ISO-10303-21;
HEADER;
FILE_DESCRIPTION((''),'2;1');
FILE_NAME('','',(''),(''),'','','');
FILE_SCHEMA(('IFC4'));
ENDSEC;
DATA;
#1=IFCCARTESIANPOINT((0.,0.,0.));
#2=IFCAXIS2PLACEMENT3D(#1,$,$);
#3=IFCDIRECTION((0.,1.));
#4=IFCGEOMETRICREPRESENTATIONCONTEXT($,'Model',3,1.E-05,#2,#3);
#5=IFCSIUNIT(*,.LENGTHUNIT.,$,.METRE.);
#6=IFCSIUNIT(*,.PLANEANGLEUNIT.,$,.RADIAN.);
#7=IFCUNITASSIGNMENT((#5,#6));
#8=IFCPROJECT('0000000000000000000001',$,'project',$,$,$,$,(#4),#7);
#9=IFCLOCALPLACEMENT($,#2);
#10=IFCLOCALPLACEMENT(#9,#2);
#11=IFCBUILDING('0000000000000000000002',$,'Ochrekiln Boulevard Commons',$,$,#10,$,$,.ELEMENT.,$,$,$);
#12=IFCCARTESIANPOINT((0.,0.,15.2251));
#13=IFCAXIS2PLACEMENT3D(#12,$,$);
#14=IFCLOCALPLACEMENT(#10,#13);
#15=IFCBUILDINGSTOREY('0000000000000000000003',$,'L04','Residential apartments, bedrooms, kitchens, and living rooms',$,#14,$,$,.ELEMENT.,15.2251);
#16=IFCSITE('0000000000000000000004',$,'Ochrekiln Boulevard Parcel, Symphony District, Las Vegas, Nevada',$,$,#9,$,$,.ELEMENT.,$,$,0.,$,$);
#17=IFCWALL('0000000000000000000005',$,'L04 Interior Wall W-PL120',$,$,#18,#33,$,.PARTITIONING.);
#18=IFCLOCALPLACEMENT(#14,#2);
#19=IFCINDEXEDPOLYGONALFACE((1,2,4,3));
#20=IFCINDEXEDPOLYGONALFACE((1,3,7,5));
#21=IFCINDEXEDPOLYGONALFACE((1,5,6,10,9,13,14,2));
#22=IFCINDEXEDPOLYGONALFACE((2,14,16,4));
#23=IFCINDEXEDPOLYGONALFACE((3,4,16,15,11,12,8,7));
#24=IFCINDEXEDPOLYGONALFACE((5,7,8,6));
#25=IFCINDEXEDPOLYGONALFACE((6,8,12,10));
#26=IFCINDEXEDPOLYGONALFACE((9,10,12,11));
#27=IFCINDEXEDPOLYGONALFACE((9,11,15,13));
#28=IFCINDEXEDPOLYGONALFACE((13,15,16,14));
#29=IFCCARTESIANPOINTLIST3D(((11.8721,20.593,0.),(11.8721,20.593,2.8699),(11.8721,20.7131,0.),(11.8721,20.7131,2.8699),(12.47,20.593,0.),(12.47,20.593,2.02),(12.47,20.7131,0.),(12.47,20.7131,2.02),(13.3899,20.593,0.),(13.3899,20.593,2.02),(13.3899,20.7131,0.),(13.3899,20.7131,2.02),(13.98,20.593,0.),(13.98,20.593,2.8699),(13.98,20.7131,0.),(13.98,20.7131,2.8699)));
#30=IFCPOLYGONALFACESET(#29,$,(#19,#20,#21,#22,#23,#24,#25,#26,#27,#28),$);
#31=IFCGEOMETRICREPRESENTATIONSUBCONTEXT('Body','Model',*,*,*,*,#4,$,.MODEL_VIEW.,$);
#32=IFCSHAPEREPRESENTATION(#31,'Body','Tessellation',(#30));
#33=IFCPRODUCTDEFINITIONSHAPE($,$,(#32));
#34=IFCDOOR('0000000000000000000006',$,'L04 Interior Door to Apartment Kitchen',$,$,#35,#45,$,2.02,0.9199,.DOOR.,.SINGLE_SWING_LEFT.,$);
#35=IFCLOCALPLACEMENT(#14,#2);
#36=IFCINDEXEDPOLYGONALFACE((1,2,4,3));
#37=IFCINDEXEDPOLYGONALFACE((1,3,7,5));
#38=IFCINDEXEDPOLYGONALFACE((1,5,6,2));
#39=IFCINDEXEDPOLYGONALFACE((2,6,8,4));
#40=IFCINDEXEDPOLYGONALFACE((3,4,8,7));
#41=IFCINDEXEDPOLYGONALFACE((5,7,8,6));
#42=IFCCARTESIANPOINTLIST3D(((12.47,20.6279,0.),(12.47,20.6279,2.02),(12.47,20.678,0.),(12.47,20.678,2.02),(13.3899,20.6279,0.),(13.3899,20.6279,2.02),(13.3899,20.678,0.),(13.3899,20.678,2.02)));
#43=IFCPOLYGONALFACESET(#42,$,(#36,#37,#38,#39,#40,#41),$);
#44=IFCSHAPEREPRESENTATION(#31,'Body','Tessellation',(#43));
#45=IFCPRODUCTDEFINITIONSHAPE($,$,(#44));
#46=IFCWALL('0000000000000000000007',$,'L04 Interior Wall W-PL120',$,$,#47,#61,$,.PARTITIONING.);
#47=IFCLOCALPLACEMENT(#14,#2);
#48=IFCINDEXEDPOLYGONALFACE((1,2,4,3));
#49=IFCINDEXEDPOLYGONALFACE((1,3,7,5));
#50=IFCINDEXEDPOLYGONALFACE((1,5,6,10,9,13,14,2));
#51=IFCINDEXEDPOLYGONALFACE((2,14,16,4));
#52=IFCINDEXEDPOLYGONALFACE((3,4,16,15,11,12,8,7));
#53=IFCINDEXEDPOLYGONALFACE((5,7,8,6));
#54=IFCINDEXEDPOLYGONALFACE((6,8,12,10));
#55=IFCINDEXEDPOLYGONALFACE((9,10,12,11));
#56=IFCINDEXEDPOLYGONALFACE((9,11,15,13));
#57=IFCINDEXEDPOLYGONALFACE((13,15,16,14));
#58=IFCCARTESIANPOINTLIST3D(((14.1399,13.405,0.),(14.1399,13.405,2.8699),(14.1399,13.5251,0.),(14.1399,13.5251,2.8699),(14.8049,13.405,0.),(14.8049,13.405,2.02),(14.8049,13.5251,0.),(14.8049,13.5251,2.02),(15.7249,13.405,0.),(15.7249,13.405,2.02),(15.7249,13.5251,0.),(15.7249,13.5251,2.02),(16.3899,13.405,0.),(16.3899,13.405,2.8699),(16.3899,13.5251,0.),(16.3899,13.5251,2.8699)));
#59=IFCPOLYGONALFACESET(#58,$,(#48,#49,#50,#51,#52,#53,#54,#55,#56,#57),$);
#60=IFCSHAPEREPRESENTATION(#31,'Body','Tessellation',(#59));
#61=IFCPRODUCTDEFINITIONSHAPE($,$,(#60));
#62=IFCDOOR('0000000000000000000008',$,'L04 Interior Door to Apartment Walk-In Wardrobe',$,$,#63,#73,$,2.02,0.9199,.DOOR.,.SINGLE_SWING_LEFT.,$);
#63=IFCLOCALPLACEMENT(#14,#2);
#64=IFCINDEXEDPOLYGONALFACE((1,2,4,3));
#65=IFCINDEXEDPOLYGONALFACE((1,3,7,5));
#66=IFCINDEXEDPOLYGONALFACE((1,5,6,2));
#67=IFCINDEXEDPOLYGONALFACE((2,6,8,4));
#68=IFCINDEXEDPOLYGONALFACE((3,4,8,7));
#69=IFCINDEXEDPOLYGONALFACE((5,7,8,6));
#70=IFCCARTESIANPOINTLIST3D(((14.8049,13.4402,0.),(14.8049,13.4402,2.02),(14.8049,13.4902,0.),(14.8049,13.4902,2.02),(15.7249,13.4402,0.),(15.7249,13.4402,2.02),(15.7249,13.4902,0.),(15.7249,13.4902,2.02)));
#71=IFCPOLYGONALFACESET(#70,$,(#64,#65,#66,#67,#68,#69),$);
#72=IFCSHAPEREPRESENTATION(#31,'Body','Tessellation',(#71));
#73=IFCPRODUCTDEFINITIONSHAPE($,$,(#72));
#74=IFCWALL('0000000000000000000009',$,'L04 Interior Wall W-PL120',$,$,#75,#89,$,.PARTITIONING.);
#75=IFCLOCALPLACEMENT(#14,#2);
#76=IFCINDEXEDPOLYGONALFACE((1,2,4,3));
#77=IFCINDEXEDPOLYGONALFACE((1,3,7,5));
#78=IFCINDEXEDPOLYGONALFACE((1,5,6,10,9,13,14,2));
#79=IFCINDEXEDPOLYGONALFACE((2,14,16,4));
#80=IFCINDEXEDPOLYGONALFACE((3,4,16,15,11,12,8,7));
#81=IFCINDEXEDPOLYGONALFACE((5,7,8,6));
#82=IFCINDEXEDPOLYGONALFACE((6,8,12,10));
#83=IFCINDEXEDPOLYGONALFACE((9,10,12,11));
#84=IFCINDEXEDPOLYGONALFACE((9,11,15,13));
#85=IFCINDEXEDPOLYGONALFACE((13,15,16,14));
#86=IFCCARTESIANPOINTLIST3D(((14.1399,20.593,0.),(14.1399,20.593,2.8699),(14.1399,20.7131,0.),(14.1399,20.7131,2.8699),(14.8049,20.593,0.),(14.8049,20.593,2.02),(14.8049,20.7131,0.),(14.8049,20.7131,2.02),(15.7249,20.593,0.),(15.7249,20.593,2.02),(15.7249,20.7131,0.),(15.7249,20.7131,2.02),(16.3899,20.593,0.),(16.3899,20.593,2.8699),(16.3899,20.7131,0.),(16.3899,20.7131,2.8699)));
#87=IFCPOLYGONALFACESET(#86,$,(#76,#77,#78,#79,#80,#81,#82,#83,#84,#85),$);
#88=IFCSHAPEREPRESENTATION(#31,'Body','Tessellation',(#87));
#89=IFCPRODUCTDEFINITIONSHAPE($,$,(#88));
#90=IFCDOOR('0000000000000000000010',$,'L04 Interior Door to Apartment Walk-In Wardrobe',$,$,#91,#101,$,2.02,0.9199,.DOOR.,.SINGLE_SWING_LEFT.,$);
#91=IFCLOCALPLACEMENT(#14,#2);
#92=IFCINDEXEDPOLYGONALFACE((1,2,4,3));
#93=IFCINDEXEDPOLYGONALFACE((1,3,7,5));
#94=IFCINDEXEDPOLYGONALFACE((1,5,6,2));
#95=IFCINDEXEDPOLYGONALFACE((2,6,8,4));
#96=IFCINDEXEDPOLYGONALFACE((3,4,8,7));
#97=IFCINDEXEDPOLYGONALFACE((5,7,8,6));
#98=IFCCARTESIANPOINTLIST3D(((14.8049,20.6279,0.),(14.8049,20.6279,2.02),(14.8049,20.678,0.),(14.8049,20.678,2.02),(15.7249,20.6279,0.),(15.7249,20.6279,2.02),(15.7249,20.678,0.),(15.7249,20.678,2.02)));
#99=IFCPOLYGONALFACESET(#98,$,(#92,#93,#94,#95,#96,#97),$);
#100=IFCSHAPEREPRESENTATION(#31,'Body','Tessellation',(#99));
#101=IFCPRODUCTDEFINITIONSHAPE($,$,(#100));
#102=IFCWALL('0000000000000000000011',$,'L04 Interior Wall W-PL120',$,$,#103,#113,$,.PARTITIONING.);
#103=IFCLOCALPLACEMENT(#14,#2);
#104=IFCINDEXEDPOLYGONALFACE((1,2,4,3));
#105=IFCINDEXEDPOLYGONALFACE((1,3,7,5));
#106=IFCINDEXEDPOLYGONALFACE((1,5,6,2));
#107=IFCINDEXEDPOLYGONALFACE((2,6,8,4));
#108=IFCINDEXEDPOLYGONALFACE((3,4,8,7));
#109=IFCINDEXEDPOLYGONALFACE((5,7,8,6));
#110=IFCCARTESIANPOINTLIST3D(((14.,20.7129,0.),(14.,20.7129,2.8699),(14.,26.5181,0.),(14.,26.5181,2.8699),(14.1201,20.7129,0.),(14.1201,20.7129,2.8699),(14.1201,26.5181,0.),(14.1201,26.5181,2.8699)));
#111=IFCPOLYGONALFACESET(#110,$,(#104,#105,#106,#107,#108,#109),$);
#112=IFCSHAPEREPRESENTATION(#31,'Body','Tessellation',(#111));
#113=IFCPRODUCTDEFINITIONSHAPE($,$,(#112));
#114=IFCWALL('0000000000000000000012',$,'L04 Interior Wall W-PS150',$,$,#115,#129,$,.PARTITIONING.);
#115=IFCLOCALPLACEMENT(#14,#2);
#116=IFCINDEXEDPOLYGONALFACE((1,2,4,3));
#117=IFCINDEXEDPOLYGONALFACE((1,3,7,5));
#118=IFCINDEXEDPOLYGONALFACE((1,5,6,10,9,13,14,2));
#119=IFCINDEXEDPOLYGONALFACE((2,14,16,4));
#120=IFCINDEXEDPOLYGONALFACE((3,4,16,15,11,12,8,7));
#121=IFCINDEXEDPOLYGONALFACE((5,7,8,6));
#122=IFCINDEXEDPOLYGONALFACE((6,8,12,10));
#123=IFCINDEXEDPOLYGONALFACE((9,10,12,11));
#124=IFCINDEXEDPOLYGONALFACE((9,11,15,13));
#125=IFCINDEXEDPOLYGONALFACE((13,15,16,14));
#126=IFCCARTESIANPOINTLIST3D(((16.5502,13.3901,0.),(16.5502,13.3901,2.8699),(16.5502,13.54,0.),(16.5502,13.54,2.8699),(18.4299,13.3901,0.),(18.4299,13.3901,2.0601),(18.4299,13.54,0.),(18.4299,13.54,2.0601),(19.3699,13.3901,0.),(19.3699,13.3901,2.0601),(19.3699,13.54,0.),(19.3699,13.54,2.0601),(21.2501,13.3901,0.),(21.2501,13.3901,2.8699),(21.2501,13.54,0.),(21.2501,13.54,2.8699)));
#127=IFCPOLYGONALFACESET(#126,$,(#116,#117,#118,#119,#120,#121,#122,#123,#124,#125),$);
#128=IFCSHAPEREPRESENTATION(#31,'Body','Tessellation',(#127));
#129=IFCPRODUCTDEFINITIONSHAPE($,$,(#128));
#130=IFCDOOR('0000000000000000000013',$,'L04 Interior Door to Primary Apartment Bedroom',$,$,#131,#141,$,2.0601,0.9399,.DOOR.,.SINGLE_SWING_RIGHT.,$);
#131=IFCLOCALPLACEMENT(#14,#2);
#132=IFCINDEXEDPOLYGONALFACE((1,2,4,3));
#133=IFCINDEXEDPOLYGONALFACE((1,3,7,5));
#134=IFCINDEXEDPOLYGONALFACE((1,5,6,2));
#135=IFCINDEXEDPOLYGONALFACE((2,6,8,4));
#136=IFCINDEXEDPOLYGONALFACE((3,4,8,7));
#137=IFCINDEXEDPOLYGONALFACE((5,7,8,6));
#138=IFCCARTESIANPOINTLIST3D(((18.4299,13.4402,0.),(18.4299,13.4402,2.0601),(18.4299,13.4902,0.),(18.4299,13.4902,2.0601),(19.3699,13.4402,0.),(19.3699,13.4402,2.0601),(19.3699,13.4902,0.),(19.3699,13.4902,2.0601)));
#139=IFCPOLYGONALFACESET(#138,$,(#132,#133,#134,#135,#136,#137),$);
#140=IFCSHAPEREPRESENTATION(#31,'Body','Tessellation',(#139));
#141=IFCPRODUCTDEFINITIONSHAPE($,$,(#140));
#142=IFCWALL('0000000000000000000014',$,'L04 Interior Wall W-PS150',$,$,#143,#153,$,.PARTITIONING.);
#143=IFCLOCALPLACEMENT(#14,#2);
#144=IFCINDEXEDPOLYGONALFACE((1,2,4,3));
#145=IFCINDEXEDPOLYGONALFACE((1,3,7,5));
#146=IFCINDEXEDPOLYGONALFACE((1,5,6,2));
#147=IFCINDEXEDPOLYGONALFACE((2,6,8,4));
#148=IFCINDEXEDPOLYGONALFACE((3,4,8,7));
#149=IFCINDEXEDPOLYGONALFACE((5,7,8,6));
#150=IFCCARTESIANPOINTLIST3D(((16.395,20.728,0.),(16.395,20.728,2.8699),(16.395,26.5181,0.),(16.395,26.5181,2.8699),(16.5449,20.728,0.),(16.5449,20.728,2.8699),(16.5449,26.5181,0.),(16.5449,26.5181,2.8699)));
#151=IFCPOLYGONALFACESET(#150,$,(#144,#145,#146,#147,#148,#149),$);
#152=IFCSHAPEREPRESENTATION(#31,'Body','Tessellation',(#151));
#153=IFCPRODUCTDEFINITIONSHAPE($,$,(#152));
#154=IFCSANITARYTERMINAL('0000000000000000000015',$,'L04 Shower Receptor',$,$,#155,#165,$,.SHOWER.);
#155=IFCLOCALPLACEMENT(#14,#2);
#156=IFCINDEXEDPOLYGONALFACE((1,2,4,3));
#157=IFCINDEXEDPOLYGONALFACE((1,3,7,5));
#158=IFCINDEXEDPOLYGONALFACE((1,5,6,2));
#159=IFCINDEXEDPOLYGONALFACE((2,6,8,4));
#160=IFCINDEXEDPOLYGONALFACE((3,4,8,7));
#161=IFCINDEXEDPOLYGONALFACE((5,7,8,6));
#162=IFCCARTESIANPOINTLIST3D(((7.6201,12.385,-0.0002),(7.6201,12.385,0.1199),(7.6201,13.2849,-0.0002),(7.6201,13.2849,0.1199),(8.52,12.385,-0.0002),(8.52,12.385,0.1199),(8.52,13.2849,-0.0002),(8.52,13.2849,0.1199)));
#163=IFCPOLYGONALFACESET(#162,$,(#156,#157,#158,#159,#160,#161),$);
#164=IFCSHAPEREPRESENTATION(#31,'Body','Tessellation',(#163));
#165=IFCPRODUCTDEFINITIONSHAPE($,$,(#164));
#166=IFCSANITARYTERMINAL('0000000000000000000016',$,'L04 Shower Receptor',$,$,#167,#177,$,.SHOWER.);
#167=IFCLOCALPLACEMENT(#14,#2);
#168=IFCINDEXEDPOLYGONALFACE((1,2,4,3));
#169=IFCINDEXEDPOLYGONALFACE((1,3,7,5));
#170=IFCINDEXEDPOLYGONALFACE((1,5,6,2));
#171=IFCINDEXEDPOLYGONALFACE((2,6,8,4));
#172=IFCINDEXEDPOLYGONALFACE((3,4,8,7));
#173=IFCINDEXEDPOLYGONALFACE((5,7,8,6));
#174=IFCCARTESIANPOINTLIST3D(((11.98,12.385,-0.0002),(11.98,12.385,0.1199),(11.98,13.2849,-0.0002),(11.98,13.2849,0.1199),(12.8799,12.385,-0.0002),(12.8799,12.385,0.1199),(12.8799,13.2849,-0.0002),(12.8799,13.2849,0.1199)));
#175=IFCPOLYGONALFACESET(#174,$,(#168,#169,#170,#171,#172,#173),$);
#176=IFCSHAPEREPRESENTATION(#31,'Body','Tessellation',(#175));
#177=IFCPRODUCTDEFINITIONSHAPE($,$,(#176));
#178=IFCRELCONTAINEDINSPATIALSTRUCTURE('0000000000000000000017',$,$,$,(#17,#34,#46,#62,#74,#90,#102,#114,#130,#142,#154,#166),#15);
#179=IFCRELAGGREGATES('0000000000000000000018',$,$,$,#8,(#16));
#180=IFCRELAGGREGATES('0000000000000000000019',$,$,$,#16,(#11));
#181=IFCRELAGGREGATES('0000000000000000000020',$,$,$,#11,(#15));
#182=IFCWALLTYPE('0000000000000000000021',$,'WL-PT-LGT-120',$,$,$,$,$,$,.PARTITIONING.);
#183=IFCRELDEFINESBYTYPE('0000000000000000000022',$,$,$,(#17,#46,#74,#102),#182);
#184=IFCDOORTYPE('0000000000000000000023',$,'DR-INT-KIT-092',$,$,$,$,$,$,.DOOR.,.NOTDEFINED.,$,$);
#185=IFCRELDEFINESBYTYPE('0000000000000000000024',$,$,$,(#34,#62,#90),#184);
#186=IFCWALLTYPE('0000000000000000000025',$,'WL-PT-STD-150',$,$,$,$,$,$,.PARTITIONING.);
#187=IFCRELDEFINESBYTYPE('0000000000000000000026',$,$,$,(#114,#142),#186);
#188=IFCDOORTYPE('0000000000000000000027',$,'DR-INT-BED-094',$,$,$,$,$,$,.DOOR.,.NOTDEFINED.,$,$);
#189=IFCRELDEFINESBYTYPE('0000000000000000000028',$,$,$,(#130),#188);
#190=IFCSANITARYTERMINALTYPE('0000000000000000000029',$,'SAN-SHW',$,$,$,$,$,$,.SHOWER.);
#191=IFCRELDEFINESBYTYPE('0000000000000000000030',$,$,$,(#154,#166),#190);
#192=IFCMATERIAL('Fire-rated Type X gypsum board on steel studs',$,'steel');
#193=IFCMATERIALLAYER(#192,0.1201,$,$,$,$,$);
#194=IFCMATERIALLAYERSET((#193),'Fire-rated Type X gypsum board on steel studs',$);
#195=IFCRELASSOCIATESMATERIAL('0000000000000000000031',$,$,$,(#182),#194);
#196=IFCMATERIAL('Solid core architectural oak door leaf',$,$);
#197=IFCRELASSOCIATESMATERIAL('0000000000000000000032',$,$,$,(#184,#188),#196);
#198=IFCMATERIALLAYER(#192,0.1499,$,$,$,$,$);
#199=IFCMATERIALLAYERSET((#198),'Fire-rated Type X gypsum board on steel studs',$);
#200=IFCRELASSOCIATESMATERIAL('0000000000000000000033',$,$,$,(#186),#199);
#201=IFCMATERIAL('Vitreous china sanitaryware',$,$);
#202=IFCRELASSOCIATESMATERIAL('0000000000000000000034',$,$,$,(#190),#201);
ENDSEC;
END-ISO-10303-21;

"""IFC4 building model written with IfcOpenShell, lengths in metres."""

from ifc_helpers import new_model, si_unit, direction, frame, frame_2d, origin, origin_2d, place, context, subcontext, project, spatial, rectangle, extrude, material, layer, layer_set, type_object, element, fill, save


model = new_model("IFC4")

# Units and contexts
model_context = context("Model", 3, precision=1e-05, world=origin(), true_north=direction((0.0, 1.0)))
body_context = subcontext(model_context, "Body", "Model", "MODEL_VIEW")
ifc_project = project(units=[si_unit("LENGTHUNIT", "METRE"), si_unit("PLANEANGLEUNIT", "RADIAN")], contexts=[model_context])

# Site, building, storey
site_placement = place(None, origin())
site = spatial("IfcSite", under=ifc_project, at=site_placement, Name="Ochrekiln Boulevard Parcel, Symphony District, Las Vegas, Nevada", CompositionType="ELEMENT", RefElevation=0.0)
building_placement = place(site_placement, origin())
building = spatial("IfcBuilding", under=site, at=building_placement, Name="Ochrekiln Boulevard Commons", CompositionType="ELEMENT")
storey_placement = place(building_placement, frame((0.0, 0.0, 15.2251)))
storey = spatial("IfcBuildingStorey", under=building, at=storey_placement, Name="L04", Description="Residential apartments, bedrooms, kitchens, and living rooms", CompositionType="ELEMENT", Elevation=15.2251)

# Shared definitions
ifc_material_1 = material(Name="Solid core architectural oak door leaf")
ifc_material_2 = material(Name="Fire-rated Type X gypsum board on steel studs", Category="steel")

# Walls, openings, doors
ifc_layer_1 = layer(ifc_material_2, 0.1201)
ifc_layer_set_1 = layer_set([ifc_layer_1], Name="Fire-rated Type X gypsum board on steel studs")
wall_type_1 = type_object("IfcWallType", Name="WL-PT-LGT-120", PredefinedType="PARTITIONING", material=ifc_layer_set_1)
wall_1_placement = place(storey_placement, frame((11.8721, 20.6531, 0.0), z_axis=(0.0, 0.0, 1.0), x_axis=(1.0, 0.0, 0.0)))
wall_1 = element("IfcWall", 1, at=wall_1_placement, inside=storey, type_object=wall_type_1, Name="L04 Interior Wall W-PL120", PredefinedType="PARTITIONING", context=body_context, shape_type="SweptSolid", body=[
    extrude(rectangle(XDim=2.1079, YDim=0.1201, at=frame_2d((1.054, 0.0))), origin(), (0.0, 0.0, 1.0), 2.8699),
])
opening_1_placement = place(wall_1_placement, frame((0.5979, 0.0, 0.0)))
opening_1 = element("IfcOpeningElement", 2, at=opening_1_placement, cuts=wall_1, PredefinedType="OPENING", context=body_context, shape_type="SweptSolid", body=[
    extrude(rectangle(XDim=0.9199, YDim=2.02, at=frame_2d((0.46, 1.01))), frame((0.0, 0.0701, 0.0), z_axis=(0.0, -1.0, 0.0), x_axis=(1.0, 0.0, 0.0)), (0.0, 0.0, 1.0), 0.1401),
])
door_type_1 = type_object("IfcDoorType", Name="DR-INT-KIT-092", OperationType="NOTDEFINED", PredefinedType="DOOR", material=ifc_material_1)
door_1_placement = place(opening_1_placement, origin())
door_1 = element("IfcDoor", 3, at=door_1_placement, inside=storey, type_object=door_type_1, Name="L04 Interior Door to Apartment Kitchen", OperationType="SINGLE_SWING_LEFT", OverallHeight=2.02, OverallWidth=0.9199, PredefinedType="DOOR", context=body_context, shape_type="SweptSolid", body=[
    extrude(rectangle(XDim=0.9199, YDim=2.02, at=frame_2d((0.46, 1.01))), frame((0.0, 0.0249, 0.0), z_axis=(0.0, -1.0, 0.0), x_axis=(1.0, 0.0, 0.0)), (0.0, 0.0, 1.0), 0.05),
])
fill(opening_1, door_1)
wall_2_placement = place(storey_placement, frame((14.1399, 13.4651, 0.0), z_axis=(0.0, 0.0, 1.0), x_axis=(1.0, 0.0, 0.0)))
wall_2 = element("IfcWall", 4, at=wall_2_placement, inside=storey, type_object=wall_type_1, Name="L04 Interior Wall W-PL120", PredefinedType="PARTITIONING", context=body_context, shape_type="SweptSolid", body=[
    extrude(rectangle(XDim=2.25, YDim=0.1201, at=frame_2d((1.125, 0.0))), origin(), (0.0, 0.0, 1.0), 2.8699),
])
opening_2_placement = place(wall_2_placement, frame((0.665, 0.0, 0.0)))
opening_2 = element("IfcOpeningElement", 5, at=opening_2_placement, cuts=wall_2, PredefinedType="OPENING", context=body_context, shape_type="SweptSolid", body=[
    extrude(rectangle(XDim=0.9199, YDim=2.02, at=frame_2d((0.46, 1.01))), frame((0.0, 0.0701, 0.0), z_axis=(0.0, -1.0, 0.0), x_axis=(1.0, 0.0, 0.0)), (0.0, 0.0, 1.0), 0.1401),
])
door_2_placement = place(opening_2_placement, frame((0.9199, 0.0, 0.0), z_axis=(0.0, 0.0, 1.0), x_axis=(-1.0, 0.0, 0.0)))
door_2 = element("IfcDoor", 6, at=door_2_placement, inside=storey, type_object=door_type_1, Name="L04 Interior Door to Apartment Walk-In Wardrobe", OperationType="SINGLE_SWING_LEFT", OverallHeight=2.02, OverallWidth=0.9199, PredefinedType="DOOR", context=body_context, shape_type="SweptSolid", body=[
    extrude(rectangle(XDim=0.9199, YDim=2.02, at=frame_2d((0.46, 1.01))), frame((0.0, 0.0249, 0.0), z_axis=(0.0, -1.0, 0.0), x_axis=(1.0, 0.0, 0.0)), (0.0, 0.0, 1.0), 0.05),
])
fill(opening_2, door_2)
wall_3_placement = place(storey_placement, frame((14.1399, 20.6531, 0.0), z_axis=(0.0, 0.0, 1.0), x_axis=(1.0, 0.0, 0.0)))
wall_3 = element("IfcWall", 7, at=wall_3_placement, inside=storey, type_object=wall_type_1, Name="L04 Interior Wall W-PL120", PredefinedType="PARTITIONING", context=body_context, shape_type="SweptSolid", body=[
    extrude(rectangle(XDim=2.25, YDim=0.1201, at=frame_2d((1.125, 0.0))), origin(), (0.0, 0.0, 1.0), 2.8699),
])
opening_3_placement = place(wall_3_placement, frame((0.665, 0.0, 0.0)))
opening_3 = element("IfcOpeningElement", 8, at=opening_3_placement, cuts=wall_3, PredefinedType="OPENING", context=body_context, shape_type="SweptSolid", body=[
    extrude(rectangle(XDim=0.9199, YDim=2.02, at=frame_2d((0.46, 1.01))), frame((0.0, 0.0701, 0.0), z_axis=(0.0, -1.0, 0.0), x_axis=(1.0, 0.0, 0.0)), (0.0, 0.0, 1.0), 0.1401),
])
door_3_placement = place(opening_3_placement, origin())
door_3 = element("IfcDoor", 9, at=door_3_placement, inside=storey, type_object=door_type_1, Name="L04 Interior Door to Apartment Walk-In Wardrobe", OperationType="SINGLE_SWING_LEFT", OverallHeight=2.02, OverallWidth=0.9199, PredefinedType="DOOR", context=body_context, shape_type="SweptSolid", body=[
    extrude(rectangle(XDim=0.9199, YDim=2.02, at=frame_2d((0.46, 1.01))), frame((0.0, 0.0249, 0.0), z_axis=(0.0, -1.0, 0.0), x_axis=(1.0, 0.0, 0.0)), (0.0, 0.0, 1.0), 0.05),
])
fill(opening_3, door_3)

# Wall
wall_4_placement = place(storey_placement, frame((14.0601, 20.7129, 0.0), z_axis=(0.0, 0.0, 1.0), x_axis=(0.0, 1.0, 0.0)))
element("IfcWall", 10, at=wall_4_placement, inside=storey, type_object=wall_type_1, Name="L04 Interior Wall W-PL120", PredefinedType="PARTITIONING", context=body_context, shape_type="SweptSolid", body=[
    extrude(rectangle(XDim=5.8052, YDim=0.1201, at=frame_2d((2.9026, 0.0))), origin(), (0.0, 0.0, 1.0), 2.8699),
])

# Wall, opening, door
ifc_layer_2 = layer(ifc_material_2, 0.1499)
ifc_layer_set_2 = layer_set([ifc_layer_2], Name="Fire-rated Type X gypsum board on steel studs")
wall_type_2 = type_object("IfcWallType", Name="WL-PT-STD-150", PredefinedType="PARTITIONING", material=ifc_layer_set_2)
wall_5_placement = place(storey_placement, frame((16.55, 13.4651, 0.0), z_axis=(0.0, 0.0, 1.0), x_axis=(1.0, 0.0, 0.0)))
wall_5 = element("IfcWall", 11, at=wall_5_placement, inside=storey, type_object=wall_type_2, Name="L04 Interior Wall W-PS150", PredefinedType="PARTITIONING", context=body_context, shape_type="SweptSolid", body=[
    extrude(rectangle(XDim=4.7, YDim=0.1499, at=frame_2d((2.3501, 0.0))), origin(), (0.0, 0.0, 1.0), 2.8699),
])
opening_4_placement = place(wall_5_placement, frame((1.8799, 0.0, 0.0)))
opening_4 = element("IfcOpeningElement", 12, at=opening_4_placement, cuts=wall_5, PredefinedType="OPENING", context=body_context, shape_type="SweptSolid", body=[
    extrude(rectangle(XDim=0.9399, YDim=2.0601, at=frame_2d((0.47, 1.03))), frame((0.0, 0.085, 0.0), z_axis=(0.0, -1.0, 0.0), x_axis=(1.0, 0.0, 0.0)), (0.0, 0.0, 1.0), 0.1699),
])
door_type_2 = type_object("IfcDoorType", Name="DR-INT-BED-094", OperationType="NOTDEFINED", PredefinedType="DOOR", material=ifc_material_1)
door_4_placement = place(opening_4_placement, frame((0.9399, 0.0, 0.0), z_axis=(0.0, 0.0, 1.0), x_axis=(-1.0, 0.0, 0.0)))
door_4 = element("IfcDoor", 13, at=door_4_placement, inside=storey, type_object=door_type_2, Name="L04 Interior Door to Primary Apartment Bedroom", OperationType="SINGLE_SWING_RIGHT", OverallHeight=2.0601, OverallWidth=0.9399, PredefinedType="DOOR", context=body_context, shape_type="SweptSolid", body=[
    extrude(rectangle(XDim=0.9399, YDim=2.0601, at=frame_2d((0.47, 1.03))), frame((0.0, 0.0249, 0.0), z_axis=(0.0, -1.0, 0.0), x_axis=(1.0, 0.0, 0.0)), (0.0, 0.0, 1.0), 0.05),
])
fill(opening_4, door_4)

# Wall
wall_6_placement = place(storey_placement, frame((16.47, 20.728, 0.0), z_axis=(0.0, 0.0, 1.0), x_axis=(0.0, 1.0, 0.0)))
element("IfcWall", 14, at=wall_6_placement, inside=storey, type_object=wall_type_2, Name="L04 Interior Wall W-PS150", PredefinedType="PARTITIONING", context=body_context, shape_type="SweptSolid", body=[
    extrude(rectangle(XDim=5.79, YDim=0.1499, at=frame_2d((2.895, 0.0))), origin(), (0.0, 0.0, 1.0), 2.8699),
])

# Sanitary terminals
ifc_material_3 = material(Name="Vitreous china sanitaryware")
sanitary_terminal_type = type_object("IfcSanitaryTerminalType", Name="SAN-SHW", PredefinedType="SHOWER", material=ifc_material_3)
for number, where, z_axis, x_axis, name in (
    (15, (8.0701, 12.835, -0.0002), (0.0, 0.0, 1.0), (1.0, 0.0, 0.0), "L04 Shower Receptor"),
    (16, (12.4299, 12.835, -0.0002), (0.0, 0.0, 1.0), (1.0, 0.0, 0.0), "L04 Shower Receptor"),
):
    element("IfcSanitaryTerminal", number, at=place(storey_placement, frame(where, z_axis=z_axis, x_axis=x_axis)), inside=storey, type_object=sanitary_terminal_type, Name=name, PredefinedType="SHOWER", context=body_context, shape_type="SweptSolid", body=[
        extrude(rectangle(XDim=0.8999, YDim=0.8999, at=origin_2d()), origin(), (0.0, 0.0, 1.0), 0.1201),
    ])

save(model, "model.ifc")
